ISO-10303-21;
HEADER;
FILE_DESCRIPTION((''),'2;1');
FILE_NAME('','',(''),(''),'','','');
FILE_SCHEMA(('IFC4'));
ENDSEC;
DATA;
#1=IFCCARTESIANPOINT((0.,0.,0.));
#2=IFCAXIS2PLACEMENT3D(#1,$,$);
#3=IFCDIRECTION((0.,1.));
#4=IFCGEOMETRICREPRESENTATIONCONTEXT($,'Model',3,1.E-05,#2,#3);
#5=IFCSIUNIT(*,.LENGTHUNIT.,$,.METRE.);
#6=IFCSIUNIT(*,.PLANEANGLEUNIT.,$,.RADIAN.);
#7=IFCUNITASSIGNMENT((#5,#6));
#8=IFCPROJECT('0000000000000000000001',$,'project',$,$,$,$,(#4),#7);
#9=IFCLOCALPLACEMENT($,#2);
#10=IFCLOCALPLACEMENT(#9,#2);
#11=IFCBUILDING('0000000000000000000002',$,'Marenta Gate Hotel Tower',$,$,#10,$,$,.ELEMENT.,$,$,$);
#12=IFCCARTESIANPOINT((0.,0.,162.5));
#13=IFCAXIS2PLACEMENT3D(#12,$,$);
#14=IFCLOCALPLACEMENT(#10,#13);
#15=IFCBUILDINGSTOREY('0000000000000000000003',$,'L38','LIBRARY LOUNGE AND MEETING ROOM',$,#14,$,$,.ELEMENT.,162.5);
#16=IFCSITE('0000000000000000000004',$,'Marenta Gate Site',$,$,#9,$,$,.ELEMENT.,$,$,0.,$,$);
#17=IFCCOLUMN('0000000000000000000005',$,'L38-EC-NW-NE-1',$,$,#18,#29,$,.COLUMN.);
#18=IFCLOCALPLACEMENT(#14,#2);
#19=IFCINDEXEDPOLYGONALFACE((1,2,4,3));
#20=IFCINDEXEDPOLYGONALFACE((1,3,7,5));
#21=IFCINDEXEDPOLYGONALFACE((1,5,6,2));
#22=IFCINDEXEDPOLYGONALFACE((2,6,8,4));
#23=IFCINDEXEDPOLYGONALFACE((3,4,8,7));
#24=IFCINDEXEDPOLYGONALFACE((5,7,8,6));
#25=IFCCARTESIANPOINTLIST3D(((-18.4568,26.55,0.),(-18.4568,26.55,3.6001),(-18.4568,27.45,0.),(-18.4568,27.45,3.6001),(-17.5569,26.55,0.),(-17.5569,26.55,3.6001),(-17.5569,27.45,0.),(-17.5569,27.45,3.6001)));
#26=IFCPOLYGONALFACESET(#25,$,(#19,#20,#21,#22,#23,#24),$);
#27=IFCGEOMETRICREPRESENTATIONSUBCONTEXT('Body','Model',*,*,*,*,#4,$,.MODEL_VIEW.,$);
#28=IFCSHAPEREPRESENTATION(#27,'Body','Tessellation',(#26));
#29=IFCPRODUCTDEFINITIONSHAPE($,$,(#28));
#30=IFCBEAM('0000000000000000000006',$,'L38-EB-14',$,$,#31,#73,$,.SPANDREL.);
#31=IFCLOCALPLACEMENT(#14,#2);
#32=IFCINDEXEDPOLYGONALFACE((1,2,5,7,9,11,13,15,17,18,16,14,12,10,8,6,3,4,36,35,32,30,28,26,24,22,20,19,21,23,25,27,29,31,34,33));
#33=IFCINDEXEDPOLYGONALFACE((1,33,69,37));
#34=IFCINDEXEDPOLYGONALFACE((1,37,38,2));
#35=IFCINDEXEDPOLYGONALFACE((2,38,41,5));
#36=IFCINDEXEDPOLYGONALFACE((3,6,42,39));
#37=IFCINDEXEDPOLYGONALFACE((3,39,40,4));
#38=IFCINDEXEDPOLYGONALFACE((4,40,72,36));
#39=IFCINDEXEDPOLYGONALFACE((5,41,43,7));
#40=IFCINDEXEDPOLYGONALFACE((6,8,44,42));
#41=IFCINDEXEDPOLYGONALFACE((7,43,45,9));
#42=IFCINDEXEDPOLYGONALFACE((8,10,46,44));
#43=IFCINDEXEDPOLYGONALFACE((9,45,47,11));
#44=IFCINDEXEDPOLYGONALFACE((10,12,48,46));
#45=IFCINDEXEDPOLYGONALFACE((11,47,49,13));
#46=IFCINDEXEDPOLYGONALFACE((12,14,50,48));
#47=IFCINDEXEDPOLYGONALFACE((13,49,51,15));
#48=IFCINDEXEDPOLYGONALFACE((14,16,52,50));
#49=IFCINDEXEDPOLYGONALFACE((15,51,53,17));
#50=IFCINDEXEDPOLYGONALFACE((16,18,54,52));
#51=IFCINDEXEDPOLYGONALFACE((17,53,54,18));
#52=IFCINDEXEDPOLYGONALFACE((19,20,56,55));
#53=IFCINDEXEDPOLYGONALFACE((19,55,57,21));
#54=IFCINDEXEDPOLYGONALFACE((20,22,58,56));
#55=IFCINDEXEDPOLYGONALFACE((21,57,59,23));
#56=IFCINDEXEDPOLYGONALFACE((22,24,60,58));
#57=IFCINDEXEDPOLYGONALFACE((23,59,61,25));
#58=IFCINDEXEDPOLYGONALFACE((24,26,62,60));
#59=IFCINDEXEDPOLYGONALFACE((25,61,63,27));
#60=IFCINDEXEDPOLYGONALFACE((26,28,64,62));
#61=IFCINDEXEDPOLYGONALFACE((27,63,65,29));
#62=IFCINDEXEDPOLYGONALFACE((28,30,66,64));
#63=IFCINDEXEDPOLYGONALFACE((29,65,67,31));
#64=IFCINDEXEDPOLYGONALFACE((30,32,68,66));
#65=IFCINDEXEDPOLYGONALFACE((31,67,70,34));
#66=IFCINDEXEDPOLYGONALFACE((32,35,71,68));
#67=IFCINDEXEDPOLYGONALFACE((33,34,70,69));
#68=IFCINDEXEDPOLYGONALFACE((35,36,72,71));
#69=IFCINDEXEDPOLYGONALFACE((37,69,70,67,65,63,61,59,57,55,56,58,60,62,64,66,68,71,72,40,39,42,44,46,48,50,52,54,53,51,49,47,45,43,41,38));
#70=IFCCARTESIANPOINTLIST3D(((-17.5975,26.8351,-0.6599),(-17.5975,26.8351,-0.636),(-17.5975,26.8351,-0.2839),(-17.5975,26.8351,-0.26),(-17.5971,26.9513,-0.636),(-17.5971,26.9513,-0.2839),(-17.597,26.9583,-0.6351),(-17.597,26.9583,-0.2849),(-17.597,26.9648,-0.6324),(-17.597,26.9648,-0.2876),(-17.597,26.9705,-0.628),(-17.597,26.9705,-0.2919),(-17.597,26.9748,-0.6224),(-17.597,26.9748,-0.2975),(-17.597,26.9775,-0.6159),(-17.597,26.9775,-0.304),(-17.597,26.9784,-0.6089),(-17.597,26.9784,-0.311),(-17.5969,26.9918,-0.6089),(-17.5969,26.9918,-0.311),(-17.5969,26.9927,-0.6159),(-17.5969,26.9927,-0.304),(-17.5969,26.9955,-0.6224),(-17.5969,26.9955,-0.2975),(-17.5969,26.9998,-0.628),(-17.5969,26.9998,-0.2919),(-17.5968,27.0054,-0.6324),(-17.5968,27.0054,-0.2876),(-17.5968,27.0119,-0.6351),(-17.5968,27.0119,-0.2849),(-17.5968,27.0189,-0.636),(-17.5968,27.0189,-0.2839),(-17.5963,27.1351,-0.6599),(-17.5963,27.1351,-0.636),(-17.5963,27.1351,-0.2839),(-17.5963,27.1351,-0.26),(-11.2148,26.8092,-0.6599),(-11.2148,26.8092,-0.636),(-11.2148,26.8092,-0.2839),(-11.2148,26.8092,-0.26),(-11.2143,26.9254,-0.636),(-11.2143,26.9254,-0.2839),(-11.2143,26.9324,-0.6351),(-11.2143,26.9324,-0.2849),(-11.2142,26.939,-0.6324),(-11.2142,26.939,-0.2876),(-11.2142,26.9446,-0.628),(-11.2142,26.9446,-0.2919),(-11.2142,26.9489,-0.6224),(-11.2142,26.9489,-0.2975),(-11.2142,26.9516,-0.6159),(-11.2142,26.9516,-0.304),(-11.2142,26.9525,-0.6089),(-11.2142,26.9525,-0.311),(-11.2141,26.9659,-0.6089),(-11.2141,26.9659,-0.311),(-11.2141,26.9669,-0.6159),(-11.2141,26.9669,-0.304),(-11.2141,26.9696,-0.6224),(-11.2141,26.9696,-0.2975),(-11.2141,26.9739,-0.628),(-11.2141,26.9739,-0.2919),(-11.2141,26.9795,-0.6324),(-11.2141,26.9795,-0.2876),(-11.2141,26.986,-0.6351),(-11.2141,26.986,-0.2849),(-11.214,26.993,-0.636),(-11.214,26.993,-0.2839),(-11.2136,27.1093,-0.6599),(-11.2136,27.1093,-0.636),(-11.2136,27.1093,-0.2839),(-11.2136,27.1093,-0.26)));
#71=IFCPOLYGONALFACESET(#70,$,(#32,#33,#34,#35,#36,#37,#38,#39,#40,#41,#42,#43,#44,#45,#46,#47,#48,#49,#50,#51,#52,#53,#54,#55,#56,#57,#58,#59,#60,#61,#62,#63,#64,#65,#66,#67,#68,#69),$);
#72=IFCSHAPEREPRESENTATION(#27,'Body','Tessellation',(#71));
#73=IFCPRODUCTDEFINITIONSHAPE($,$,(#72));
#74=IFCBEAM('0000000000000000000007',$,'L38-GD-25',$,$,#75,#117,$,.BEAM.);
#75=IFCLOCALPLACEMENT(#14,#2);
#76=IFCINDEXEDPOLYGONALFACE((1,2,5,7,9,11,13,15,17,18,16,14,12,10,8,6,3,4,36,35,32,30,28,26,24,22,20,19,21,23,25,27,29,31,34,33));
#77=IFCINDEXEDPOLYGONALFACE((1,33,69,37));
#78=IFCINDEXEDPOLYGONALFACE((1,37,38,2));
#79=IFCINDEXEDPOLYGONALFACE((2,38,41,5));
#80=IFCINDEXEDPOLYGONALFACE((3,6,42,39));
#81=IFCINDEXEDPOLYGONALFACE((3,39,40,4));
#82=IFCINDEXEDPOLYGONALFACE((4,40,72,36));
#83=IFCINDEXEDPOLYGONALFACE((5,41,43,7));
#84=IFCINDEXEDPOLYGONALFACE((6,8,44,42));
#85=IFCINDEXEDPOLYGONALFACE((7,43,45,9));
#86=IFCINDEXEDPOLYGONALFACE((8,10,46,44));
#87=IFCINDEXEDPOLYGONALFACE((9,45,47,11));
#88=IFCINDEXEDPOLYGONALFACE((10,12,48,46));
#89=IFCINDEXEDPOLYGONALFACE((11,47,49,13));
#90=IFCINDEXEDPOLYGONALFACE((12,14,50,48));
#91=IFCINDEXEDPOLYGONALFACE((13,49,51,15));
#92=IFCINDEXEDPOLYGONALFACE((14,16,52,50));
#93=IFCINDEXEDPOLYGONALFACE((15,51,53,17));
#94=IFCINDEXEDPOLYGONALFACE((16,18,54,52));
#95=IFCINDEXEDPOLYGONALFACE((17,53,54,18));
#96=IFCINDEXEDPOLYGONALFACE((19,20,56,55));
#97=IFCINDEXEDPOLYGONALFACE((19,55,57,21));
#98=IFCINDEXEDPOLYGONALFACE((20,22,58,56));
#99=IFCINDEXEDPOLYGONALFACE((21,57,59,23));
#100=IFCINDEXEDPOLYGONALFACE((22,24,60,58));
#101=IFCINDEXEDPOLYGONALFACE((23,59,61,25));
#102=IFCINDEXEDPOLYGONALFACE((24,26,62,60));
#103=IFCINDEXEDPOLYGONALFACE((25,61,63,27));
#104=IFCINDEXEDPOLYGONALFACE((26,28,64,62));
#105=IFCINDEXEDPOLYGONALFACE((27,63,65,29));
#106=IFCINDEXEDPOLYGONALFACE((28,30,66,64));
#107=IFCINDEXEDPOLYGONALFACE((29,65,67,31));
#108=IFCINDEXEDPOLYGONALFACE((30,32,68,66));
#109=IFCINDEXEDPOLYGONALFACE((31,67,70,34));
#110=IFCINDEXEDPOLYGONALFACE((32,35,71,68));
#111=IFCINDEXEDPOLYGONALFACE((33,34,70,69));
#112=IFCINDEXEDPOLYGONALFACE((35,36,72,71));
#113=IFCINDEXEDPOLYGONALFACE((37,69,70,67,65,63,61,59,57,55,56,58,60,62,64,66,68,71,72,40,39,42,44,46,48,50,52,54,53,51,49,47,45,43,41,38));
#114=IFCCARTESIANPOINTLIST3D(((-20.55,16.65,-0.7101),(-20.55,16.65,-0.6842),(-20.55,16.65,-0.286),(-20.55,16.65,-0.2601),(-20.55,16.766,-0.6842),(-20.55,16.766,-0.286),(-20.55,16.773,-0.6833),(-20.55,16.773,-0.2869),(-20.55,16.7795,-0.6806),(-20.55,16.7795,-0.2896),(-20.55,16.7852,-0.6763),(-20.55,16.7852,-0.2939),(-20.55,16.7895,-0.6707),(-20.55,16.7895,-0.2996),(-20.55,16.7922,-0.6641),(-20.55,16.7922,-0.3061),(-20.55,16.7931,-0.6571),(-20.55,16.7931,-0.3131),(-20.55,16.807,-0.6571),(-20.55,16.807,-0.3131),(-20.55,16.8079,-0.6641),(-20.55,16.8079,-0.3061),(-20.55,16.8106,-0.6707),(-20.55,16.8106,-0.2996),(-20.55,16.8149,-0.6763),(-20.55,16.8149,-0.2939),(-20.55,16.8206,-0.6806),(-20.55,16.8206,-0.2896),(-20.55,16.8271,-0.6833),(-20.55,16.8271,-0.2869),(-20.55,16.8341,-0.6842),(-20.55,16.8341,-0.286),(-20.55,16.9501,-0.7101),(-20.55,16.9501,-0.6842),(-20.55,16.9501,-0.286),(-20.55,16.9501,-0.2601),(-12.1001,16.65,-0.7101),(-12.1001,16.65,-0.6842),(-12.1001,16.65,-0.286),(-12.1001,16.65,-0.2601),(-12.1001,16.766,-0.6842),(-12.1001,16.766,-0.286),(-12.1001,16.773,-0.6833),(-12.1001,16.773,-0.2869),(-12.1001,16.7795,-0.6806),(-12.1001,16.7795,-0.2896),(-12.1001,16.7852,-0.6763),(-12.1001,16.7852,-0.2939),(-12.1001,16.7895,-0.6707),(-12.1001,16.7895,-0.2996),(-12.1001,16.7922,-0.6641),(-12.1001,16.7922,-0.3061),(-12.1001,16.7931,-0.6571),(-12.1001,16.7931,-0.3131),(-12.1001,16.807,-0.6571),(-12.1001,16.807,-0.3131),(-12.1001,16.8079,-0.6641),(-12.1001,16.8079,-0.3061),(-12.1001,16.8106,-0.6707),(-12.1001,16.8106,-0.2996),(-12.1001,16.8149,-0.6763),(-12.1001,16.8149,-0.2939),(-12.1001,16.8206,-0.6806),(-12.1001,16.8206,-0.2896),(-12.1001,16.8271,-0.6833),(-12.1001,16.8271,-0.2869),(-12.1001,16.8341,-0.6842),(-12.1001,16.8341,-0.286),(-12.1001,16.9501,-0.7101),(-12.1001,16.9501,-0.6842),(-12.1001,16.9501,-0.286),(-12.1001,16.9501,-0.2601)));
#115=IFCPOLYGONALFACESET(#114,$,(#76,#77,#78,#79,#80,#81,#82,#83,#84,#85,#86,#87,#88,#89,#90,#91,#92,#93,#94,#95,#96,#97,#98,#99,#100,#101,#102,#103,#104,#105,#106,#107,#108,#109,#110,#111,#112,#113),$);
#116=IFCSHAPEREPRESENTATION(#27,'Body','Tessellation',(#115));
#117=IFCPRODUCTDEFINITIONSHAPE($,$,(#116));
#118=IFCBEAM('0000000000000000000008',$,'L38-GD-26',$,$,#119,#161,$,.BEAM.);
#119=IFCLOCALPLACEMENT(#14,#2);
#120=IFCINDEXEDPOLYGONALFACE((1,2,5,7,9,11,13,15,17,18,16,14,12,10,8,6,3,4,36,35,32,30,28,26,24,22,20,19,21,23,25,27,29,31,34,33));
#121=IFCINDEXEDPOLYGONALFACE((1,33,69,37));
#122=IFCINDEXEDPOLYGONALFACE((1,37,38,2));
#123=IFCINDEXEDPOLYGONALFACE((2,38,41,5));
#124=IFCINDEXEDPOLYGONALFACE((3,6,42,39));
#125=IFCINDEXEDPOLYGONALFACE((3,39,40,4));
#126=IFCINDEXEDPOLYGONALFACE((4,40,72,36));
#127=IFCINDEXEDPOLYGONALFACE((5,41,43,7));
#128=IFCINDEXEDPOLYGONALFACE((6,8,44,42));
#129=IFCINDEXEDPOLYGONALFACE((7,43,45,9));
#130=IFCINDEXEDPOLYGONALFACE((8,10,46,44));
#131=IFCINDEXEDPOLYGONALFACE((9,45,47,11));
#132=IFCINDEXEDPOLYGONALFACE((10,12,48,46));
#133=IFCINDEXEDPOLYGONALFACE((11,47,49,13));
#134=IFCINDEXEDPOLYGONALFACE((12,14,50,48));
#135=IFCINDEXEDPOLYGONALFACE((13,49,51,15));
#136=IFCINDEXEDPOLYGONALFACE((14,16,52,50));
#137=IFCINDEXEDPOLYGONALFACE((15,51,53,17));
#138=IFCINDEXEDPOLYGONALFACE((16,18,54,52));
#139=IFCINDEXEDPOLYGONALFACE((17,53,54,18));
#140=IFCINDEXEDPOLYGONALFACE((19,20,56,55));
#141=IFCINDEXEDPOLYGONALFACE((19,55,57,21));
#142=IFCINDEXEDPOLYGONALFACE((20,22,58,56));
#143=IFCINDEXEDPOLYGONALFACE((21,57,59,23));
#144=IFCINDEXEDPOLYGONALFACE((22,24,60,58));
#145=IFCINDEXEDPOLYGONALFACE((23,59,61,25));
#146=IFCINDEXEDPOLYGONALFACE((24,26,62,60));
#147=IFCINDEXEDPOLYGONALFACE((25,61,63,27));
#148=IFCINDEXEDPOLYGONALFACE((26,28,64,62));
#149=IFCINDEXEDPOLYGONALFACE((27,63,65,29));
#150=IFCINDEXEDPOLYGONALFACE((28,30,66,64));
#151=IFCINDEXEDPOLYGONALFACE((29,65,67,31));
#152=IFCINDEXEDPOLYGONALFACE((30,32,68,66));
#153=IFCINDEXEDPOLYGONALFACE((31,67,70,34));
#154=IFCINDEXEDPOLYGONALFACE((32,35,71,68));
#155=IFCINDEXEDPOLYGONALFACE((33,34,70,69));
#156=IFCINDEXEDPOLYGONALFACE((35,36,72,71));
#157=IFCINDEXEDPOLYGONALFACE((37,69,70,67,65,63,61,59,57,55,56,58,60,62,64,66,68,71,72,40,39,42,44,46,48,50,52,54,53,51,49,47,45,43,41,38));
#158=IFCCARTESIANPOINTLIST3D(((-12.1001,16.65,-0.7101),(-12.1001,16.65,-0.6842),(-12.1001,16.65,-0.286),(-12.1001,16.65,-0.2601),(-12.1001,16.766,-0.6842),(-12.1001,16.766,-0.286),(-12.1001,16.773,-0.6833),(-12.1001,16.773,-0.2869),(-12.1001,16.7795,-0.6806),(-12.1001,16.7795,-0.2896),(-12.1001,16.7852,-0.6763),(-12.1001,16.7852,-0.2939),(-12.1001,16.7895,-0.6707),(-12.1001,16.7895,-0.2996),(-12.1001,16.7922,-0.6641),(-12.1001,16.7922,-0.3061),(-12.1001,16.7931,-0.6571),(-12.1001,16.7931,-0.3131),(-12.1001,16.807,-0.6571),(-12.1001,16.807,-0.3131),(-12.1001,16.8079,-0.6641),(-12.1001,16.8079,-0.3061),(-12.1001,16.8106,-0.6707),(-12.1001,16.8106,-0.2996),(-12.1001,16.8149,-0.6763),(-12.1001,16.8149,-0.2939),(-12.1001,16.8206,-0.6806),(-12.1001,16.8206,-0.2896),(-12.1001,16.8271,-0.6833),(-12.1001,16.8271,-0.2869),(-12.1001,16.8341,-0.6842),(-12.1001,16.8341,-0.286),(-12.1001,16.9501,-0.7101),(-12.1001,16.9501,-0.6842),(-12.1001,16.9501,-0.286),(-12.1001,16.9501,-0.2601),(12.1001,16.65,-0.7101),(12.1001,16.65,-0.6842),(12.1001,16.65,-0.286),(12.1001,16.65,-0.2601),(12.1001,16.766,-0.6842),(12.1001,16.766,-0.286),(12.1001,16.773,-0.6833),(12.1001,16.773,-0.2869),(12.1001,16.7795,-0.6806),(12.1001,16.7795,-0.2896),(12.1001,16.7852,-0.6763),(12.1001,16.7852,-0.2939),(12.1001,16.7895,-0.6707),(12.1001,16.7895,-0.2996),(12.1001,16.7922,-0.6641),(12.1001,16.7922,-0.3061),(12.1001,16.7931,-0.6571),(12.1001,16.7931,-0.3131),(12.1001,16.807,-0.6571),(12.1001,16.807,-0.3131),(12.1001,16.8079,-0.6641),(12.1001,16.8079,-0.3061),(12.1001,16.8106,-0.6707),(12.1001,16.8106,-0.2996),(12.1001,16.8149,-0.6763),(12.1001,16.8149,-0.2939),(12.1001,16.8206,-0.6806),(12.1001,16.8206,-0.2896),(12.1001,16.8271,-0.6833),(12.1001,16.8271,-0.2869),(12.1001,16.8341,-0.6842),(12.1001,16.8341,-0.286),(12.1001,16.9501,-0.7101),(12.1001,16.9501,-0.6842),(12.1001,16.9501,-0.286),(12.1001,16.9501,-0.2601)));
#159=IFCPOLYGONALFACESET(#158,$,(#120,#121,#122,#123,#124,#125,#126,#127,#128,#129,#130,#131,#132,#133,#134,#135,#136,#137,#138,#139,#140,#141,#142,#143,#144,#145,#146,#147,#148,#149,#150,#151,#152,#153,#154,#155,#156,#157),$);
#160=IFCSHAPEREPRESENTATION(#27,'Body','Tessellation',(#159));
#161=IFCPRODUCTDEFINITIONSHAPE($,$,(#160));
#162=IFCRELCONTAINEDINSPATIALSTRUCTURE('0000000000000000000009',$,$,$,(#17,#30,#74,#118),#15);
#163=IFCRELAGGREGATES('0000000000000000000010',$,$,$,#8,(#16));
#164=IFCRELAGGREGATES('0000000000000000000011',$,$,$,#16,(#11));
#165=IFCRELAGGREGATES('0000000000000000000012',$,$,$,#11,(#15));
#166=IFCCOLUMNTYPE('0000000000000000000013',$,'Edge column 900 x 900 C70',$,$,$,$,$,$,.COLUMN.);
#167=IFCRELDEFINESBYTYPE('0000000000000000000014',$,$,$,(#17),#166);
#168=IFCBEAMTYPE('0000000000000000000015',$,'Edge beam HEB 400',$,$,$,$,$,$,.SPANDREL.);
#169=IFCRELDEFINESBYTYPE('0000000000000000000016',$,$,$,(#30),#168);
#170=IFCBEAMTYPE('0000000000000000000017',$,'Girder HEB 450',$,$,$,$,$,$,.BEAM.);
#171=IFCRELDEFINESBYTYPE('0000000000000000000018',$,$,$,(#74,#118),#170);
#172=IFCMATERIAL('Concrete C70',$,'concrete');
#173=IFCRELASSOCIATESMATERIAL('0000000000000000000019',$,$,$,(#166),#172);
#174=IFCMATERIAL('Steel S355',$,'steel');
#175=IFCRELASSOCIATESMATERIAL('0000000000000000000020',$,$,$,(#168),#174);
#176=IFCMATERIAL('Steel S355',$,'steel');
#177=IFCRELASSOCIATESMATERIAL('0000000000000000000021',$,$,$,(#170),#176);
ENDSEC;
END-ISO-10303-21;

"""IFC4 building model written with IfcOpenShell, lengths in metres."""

from ifc_helpers import new_model, si_unit, direction, frame, origin, origin_2d, place, context, subcontext, project, spatial, rectangle, i_section, extrude, material, material_profile, profile_set, type_object, element, save


model = new_model("IFC4")

# Units and contexts
model_context = context("Model", 3, precision=1e-05, world=origin(), true_north=direction((0.0, 1.0)))
body_context = subcontext(model_context, "Body", "Model", "MODEL_VIEW")
ifc_project = project(units=[si_unit("LENGTHUNIT", "METRE"), si_unit("PLANEANGLEUNIT", "RADIAN")], contexts=[model_context])

# Site, building, storey
site_placement = place(None, origin())
site = spatial("IfcSite", under=ifc_project, at=site_placement, Name="Marenta Gate Site", CompositionType="ELEMENT", RefElevation=0.0)
building_placement = place(site_placement, origin())
building = spatial("IfcBuilding", under=site, at=building_placement, Name="Marenta Gate Hotel Tower", CompositionType="ELEMENT")
storey_placement = place(building_placement, frame((0.0, 0.0, 162.5)))
storey = spatial("IfcBuildingStorey", under=building, at=storey_placement, Name="L38", Description="LIBRARY LOUNGE AND MEETING ROOM", CompositionType="ELEMENT", Elevation=162.5)

# Column
ifc_material_1 = material(Name="Concrete C70", Category="concrete")
ifc_material_profile_1 = material_profile(ifc_material_1, rectangle(XDim=0.8999, YDim=0.8999, at=origin_2d()), Name="900 x 900")
ifc_profile_set_1 = profile_set([ifc_material_profile_1], Name="Concrete C70")
column_type = type_object("IfcColumnType", Name="Edge column 900 x 900 C70", PredefinedType="COLUMN", material=ifc_profile_set_1)
column_placement = place(storey_placement, frame((-18.0068, 27.0, 0.0), z_axis=(0.0, 0.0, 1.0), x_axis=(1.0, 0.0, 0.0)))
element("IfcColumn", 1, at=column_placement, inside=storey, type_object=column_type, Name="L38-EC-NW-NE-1", PredefinedType="COLUMN", context=body_context, shape_type="SweptSolid", body=[
    extrude(rectangle(XDim=0.8999, YDim=0.8999, at=origin_2d()), origin(), (0.0, 0.0, 1.0), 3.6001),
])

# Beams
ifc_material_2 = material(Name="Steel S355", Category="steel")
ifc_material_profile_2 = material_profile(ifc_material_2, i_section(OverallWidth=0.3, OverallDepth=0.3999, WebThickness=0.0134, FlangeThickness=0.0239, FilletRadius=0.0271, at=origin_2d()), Name="HEB 400")
ifc_profile_set_2 = profile_set([ifc_material_profile_2], Name="Steel S355")
beam_type_1 = type_object("IfcBeamType", Name="Edge beam HEB 400", PredefinedType="SPANDREL", material=ifc_profile_set_2)
beam_1_placement = place(storey_placement, frame((-17.5969, 26.9851, -0.46), z_axis=(0.999992, -0.004054, 0.0), x_axis=(0.004054, 0.999992, 0.0)))
element("IfcBeam", 2, at=beam_1_placement, inside=storey, type_object=beam_type_1, Name="L38-EB-14", PredefinedType="SPANDREL", context=body_context, shape_type="SweptSolid", body=[
    extrude(i_section(OverallWidth=0.3, OverallDepth=0.3999, WebThickness=0.0134, FlangeThickness=0.0239, FilletRadius=0.0271, at=origin_2d()), origin(), (0.0, 0.0, 1.0), 6.3828),
])
ifc_material_3 = material(Name="Steel S355", Category="steel")
ifc_material_profile_3 = material_profile(ifc_material_3, i_section(OverallWidth=0.3, OverallDepth=0.45, WebThickness=0.0139, FlangeThickness=0.0259, FilletRadius=0.0271, at=origin_2d()), Name="HEB 450")
ifc_profile_set_3 = profile_set([ifc_material_profile_3], Name="Steel S355")
beam_type_2 = type_object("IfcBeamType", Name="Girder HEB 450", PredefinedType="BEAM", material=ifc_profile_set_3)
beam_2_placement = place(storey_placement, frame((-20.55, 16.8, -0.4851), z_axis=(1.0, 0.0, 0.0), x_axis=(0.0, 1.0, 0.0)))
element("IfcBeam", 3, at=beam_2_placement, inside=storey, type_object=beam_type_2, Name="L38-GD-25", PredefinedType="BEAM", context=body_context, shape_type="SweptSolid", body=[
    extrude(i_section(OverallWidth=0.3, OverallDepth=0.45, WebThickness=0.0139, FlangeThickness=0.0259, FilletRadius=0.0271, at=origin_2d()), origin(), (0.0, 0.0, 1.0), 8.45),
])
beam_3_placement = place(storey_placement, frame((-12.1001, 16.8, -0.4851), z_axis=(1.0, 0.0, 0.0), x_axis=(0.0, 1.0, 0.0)))
element("IfcBeam", 4, at=beam_3_placement, inside=storey, type_object=beam_type_2, Name="L38-GD-26", PredefinedType="BEAM", context=body_context, shape_type="SweptSolid", body=[
    extrude(i_section(OverallWidth=0.3, OverallDepth=0.45, WebThickness=0.0139, FlangeThickness=0.0259, FilletRadius=0.0271, at=origin_2d()), origin(), (0.0, 0.0, 1.0), 24.2002),
])

save(model, "model.ifc")
